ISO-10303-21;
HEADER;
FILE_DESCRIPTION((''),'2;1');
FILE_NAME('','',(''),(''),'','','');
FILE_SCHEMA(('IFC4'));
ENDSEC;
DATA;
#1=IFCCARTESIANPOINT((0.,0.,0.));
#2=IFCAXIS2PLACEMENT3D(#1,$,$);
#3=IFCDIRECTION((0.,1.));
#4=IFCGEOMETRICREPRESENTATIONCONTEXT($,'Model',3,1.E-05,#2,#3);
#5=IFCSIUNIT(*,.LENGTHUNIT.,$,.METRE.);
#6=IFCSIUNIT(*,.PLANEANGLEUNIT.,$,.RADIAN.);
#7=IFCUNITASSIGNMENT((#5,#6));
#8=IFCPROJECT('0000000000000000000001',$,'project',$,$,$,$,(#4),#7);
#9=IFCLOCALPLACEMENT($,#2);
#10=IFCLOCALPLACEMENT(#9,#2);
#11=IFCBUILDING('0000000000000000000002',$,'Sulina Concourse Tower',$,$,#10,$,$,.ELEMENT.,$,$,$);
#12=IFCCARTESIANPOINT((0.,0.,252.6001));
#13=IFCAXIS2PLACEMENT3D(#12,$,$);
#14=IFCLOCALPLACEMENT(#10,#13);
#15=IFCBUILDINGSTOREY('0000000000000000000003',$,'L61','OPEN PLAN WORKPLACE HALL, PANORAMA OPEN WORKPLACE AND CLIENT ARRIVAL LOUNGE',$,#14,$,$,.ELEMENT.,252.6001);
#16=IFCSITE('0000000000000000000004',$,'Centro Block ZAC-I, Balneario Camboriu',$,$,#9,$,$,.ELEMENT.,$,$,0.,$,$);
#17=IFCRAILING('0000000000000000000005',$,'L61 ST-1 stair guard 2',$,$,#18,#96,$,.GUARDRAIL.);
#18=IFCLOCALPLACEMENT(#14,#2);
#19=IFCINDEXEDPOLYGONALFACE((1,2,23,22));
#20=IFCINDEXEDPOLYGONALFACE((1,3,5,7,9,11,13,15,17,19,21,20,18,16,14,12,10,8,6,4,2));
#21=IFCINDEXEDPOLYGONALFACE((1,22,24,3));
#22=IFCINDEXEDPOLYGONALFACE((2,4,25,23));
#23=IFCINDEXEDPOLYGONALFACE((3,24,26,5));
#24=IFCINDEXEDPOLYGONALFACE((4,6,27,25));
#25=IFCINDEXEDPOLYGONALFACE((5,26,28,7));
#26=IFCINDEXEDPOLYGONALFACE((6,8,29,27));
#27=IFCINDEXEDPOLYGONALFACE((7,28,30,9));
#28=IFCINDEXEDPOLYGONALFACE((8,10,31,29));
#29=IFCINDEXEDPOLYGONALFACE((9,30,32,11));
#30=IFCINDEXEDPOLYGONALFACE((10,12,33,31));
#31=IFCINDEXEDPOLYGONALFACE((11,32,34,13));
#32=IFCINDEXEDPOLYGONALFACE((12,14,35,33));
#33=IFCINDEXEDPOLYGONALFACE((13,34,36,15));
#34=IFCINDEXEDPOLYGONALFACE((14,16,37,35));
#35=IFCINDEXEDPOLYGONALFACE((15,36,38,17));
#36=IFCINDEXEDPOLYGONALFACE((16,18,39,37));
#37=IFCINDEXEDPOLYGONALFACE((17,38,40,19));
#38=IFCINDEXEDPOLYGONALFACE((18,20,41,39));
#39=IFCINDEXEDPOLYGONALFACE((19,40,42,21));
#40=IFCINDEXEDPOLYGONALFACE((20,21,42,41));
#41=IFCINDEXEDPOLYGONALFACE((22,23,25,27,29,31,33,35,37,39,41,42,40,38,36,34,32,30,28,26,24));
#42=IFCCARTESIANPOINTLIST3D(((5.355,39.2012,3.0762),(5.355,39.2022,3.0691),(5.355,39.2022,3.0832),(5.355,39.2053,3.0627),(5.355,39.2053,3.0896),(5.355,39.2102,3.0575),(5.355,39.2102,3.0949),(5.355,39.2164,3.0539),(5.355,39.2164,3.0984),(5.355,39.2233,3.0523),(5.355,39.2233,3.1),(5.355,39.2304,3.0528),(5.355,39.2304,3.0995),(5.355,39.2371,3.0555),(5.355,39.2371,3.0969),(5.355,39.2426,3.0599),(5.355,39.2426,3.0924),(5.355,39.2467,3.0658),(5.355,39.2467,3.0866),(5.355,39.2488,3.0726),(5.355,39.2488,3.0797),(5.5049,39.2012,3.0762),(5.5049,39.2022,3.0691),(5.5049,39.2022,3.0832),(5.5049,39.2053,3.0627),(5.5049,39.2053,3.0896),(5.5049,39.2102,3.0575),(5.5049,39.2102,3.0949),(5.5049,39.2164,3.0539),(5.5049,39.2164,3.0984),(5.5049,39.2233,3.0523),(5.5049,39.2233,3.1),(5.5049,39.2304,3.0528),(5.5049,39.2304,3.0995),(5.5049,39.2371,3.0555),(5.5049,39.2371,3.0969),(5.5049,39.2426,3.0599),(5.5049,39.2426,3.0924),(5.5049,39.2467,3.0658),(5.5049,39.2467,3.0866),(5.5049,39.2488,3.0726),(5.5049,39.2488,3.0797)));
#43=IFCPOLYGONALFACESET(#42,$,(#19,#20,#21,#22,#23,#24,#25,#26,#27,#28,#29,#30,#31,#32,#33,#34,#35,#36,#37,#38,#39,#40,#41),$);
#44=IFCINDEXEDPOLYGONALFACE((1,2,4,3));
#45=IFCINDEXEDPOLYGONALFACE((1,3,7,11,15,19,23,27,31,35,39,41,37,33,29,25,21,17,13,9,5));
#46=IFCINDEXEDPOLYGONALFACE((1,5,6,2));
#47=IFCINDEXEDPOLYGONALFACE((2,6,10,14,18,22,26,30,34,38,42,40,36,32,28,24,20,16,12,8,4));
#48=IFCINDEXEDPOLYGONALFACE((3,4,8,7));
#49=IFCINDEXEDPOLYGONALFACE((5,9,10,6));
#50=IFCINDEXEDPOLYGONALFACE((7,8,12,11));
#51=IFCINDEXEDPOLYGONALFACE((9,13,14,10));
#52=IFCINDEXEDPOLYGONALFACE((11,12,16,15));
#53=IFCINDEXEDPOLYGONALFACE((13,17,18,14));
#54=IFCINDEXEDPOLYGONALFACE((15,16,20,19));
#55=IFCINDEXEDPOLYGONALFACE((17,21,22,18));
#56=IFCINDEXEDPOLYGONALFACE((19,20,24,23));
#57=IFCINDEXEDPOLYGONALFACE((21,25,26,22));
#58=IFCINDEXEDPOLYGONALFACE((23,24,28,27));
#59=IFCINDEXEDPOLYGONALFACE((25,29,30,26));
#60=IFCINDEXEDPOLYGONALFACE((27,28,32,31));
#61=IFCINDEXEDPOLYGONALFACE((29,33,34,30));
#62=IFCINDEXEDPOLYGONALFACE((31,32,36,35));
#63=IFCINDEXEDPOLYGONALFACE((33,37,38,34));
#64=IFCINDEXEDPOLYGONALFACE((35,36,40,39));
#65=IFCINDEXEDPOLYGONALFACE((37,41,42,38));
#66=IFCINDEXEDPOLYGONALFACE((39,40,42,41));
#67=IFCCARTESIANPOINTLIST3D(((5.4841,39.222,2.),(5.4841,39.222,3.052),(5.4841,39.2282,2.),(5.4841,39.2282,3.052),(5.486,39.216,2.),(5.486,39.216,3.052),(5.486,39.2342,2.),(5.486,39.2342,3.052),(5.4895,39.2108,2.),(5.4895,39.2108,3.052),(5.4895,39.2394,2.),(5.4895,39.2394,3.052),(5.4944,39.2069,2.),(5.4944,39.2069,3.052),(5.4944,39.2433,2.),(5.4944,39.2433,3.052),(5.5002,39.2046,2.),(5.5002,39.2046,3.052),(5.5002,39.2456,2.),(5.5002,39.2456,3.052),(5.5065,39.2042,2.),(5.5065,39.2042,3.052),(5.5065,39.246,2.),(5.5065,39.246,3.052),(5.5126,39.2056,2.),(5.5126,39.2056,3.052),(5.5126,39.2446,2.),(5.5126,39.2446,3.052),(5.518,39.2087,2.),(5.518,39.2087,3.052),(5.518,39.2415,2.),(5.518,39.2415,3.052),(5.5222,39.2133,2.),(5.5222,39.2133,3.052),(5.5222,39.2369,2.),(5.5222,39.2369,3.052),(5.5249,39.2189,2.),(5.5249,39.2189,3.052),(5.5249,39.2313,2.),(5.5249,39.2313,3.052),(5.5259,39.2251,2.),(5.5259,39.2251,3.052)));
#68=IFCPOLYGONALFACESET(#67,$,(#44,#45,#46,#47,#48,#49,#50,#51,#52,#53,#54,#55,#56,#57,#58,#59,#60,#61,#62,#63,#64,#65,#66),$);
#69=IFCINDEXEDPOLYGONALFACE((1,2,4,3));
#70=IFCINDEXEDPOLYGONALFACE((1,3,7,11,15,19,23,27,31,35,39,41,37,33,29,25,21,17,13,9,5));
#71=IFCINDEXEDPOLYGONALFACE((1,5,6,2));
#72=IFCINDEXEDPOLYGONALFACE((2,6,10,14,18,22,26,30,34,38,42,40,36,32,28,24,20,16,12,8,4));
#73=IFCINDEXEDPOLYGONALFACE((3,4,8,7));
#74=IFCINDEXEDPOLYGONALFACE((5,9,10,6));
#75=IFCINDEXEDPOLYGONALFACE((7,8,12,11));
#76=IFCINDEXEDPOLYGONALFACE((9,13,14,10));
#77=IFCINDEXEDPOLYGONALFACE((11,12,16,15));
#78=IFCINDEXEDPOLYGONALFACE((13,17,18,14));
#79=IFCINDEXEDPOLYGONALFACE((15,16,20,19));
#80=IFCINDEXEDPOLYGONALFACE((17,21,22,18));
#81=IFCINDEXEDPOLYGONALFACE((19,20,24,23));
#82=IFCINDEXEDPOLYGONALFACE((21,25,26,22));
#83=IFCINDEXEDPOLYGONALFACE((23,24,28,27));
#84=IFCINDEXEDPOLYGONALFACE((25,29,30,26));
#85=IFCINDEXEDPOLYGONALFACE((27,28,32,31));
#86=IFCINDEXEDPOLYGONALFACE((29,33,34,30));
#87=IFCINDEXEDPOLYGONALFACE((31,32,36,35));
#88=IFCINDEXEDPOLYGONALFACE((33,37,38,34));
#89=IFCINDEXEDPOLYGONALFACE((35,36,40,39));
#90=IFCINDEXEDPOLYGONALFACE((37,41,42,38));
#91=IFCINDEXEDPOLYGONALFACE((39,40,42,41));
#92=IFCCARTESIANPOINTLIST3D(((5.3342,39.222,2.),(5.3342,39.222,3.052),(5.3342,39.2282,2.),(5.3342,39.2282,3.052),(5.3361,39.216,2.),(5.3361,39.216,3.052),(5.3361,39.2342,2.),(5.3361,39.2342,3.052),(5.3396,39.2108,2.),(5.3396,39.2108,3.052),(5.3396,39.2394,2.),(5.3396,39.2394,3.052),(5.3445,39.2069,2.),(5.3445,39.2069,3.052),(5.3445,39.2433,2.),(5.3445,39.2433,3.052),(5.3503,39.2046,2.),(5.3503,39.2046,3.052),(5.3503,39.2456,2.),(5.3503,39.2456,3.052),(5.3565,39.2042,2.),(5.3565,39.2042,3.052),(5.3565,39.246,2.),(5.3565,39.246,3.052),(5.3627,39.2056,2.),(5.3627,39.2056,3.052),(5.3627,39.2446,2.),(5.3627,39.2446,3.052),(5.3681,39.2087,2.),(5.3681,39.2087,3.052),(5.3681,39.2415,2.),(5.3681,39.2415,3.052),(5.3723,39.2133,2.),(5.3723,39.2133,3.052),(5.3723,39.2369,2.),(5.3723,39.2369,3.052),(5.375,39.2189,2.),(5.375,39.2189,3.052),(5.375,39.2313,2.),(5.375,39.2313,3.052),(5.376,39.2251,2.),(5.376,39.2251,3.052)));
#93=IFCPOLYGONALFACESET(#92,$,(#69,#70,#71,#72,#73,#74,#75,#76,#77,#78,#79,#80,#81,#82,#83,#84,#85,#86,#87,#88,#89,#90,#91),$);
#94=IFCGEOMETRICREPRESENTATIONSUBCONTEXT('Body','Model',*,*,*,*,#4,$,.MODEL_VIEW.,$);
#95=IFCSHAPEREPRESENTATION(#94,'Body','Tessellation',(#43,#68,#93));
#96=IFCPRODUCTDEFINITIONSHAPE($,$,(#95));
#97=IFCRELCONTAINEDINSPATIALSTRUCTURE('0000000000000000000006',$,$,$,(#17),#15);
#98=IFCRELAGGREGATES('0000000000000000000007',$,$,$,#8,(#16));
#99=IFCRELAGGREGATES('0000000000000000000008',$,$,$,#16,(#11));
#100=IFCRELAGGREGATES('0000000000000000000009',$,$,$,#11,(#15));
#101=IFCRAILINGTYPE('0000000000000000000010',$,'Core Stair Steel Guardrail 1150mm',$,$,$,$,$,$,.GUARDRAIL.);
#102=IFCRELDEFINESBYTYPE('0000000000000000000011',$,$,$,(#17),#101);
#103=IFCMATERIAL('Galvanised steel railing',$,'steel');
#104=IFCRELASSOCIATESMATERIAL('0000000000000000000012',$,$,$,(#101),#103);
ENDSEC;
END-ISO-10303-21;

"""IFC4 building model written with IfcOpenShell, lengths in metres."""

from ifc_helpers import new_model, si_unit, direction, frame, origin, origin_2d, place, context, subcontext, project, spatial, circle, extrude, material, type_object, element, save


model = new_model("IFC4")

# Units and contexts
model_context = context("Model", 3, precision=1e-05, world=origin(), true_north=direction((0.0, 1.0)))
body_context = subcontext(model_context, "Body", "Model", "MODEL_VIEW")
ifc_project = project(units=[si_unit("LENGTHUNIT", "METRE"), si_unit("PLANEANGLEUNIT", "RADIAN")], contexts=[model_context])

# Site, building, storey
site_placement = place(None, origin())
site = spatial("IfcSite", under=ifc_project, at=site_placement, Name="Centro Block ZAC-I, Balneario Camboriu", CompositionType="ELEMENT", RefElevation=0.0)
building_placement = place(site_placement, origin())
building = spatial("IfcBuilding", under=site, at=building_placement, Name="Sulina Concourse Tower", CompositionType="ELEMENT")
storey_placement = place(building_placement, frame((0.0, 0.0, 252.6001)))
storey = spatial("IfcBuildingStorey", under=building, at=storey_placement, Name="L61", Description="OPEN PLAN WORKPLACE HALL, PANORAMA OPEN WORKPLACE AND CLIENT ARRIVAL LOUNGE", CompositionType="ELEMENT", Elevation=252.6001)

# Railing
ifc_material_1 = material(Name="Galvanised steel railing", Category="steel")
railing_type_1 = type_object("IfcRailingType", Name="Core Stair Steel Guardrail 1150mm", PredefinedType="GUARDRAIL", material=ifc_material_1)
railing_1_placement = place(storey_placement, frame((5.5049, 39.2251, 2.0)))
element("IfcRailing", 1, at=railing_1_placement, inside=storey, type_object=railing_type_1, Name="L61 ST-1 stair guard 2", PredefinedType="GUARDRAIL", context=body_context, shape_type="SweptSolid", body=[
    extrude(circle(Radius=0.0239, at=origin_2d()), frame((0.0, 0.0, 1.0762), z_axis=(-1.0, 0.0, 0.0), x_axis=(0.0, -1.0, 0.0)), (0.0, 0.0, 1.0), 0.1499),
    extrude(circle(Radius=0.021, at=origin_2d()), origin(), (0.0, 0.0, 1.0), 1.052),
    extrude(circle(Radius=0.021, at=origin_2d()), frame((-0.1499, 0.0, 0.0)), (0.0, 0.0, 1.0), 1.052),
])

save(model, "model.ifc")
